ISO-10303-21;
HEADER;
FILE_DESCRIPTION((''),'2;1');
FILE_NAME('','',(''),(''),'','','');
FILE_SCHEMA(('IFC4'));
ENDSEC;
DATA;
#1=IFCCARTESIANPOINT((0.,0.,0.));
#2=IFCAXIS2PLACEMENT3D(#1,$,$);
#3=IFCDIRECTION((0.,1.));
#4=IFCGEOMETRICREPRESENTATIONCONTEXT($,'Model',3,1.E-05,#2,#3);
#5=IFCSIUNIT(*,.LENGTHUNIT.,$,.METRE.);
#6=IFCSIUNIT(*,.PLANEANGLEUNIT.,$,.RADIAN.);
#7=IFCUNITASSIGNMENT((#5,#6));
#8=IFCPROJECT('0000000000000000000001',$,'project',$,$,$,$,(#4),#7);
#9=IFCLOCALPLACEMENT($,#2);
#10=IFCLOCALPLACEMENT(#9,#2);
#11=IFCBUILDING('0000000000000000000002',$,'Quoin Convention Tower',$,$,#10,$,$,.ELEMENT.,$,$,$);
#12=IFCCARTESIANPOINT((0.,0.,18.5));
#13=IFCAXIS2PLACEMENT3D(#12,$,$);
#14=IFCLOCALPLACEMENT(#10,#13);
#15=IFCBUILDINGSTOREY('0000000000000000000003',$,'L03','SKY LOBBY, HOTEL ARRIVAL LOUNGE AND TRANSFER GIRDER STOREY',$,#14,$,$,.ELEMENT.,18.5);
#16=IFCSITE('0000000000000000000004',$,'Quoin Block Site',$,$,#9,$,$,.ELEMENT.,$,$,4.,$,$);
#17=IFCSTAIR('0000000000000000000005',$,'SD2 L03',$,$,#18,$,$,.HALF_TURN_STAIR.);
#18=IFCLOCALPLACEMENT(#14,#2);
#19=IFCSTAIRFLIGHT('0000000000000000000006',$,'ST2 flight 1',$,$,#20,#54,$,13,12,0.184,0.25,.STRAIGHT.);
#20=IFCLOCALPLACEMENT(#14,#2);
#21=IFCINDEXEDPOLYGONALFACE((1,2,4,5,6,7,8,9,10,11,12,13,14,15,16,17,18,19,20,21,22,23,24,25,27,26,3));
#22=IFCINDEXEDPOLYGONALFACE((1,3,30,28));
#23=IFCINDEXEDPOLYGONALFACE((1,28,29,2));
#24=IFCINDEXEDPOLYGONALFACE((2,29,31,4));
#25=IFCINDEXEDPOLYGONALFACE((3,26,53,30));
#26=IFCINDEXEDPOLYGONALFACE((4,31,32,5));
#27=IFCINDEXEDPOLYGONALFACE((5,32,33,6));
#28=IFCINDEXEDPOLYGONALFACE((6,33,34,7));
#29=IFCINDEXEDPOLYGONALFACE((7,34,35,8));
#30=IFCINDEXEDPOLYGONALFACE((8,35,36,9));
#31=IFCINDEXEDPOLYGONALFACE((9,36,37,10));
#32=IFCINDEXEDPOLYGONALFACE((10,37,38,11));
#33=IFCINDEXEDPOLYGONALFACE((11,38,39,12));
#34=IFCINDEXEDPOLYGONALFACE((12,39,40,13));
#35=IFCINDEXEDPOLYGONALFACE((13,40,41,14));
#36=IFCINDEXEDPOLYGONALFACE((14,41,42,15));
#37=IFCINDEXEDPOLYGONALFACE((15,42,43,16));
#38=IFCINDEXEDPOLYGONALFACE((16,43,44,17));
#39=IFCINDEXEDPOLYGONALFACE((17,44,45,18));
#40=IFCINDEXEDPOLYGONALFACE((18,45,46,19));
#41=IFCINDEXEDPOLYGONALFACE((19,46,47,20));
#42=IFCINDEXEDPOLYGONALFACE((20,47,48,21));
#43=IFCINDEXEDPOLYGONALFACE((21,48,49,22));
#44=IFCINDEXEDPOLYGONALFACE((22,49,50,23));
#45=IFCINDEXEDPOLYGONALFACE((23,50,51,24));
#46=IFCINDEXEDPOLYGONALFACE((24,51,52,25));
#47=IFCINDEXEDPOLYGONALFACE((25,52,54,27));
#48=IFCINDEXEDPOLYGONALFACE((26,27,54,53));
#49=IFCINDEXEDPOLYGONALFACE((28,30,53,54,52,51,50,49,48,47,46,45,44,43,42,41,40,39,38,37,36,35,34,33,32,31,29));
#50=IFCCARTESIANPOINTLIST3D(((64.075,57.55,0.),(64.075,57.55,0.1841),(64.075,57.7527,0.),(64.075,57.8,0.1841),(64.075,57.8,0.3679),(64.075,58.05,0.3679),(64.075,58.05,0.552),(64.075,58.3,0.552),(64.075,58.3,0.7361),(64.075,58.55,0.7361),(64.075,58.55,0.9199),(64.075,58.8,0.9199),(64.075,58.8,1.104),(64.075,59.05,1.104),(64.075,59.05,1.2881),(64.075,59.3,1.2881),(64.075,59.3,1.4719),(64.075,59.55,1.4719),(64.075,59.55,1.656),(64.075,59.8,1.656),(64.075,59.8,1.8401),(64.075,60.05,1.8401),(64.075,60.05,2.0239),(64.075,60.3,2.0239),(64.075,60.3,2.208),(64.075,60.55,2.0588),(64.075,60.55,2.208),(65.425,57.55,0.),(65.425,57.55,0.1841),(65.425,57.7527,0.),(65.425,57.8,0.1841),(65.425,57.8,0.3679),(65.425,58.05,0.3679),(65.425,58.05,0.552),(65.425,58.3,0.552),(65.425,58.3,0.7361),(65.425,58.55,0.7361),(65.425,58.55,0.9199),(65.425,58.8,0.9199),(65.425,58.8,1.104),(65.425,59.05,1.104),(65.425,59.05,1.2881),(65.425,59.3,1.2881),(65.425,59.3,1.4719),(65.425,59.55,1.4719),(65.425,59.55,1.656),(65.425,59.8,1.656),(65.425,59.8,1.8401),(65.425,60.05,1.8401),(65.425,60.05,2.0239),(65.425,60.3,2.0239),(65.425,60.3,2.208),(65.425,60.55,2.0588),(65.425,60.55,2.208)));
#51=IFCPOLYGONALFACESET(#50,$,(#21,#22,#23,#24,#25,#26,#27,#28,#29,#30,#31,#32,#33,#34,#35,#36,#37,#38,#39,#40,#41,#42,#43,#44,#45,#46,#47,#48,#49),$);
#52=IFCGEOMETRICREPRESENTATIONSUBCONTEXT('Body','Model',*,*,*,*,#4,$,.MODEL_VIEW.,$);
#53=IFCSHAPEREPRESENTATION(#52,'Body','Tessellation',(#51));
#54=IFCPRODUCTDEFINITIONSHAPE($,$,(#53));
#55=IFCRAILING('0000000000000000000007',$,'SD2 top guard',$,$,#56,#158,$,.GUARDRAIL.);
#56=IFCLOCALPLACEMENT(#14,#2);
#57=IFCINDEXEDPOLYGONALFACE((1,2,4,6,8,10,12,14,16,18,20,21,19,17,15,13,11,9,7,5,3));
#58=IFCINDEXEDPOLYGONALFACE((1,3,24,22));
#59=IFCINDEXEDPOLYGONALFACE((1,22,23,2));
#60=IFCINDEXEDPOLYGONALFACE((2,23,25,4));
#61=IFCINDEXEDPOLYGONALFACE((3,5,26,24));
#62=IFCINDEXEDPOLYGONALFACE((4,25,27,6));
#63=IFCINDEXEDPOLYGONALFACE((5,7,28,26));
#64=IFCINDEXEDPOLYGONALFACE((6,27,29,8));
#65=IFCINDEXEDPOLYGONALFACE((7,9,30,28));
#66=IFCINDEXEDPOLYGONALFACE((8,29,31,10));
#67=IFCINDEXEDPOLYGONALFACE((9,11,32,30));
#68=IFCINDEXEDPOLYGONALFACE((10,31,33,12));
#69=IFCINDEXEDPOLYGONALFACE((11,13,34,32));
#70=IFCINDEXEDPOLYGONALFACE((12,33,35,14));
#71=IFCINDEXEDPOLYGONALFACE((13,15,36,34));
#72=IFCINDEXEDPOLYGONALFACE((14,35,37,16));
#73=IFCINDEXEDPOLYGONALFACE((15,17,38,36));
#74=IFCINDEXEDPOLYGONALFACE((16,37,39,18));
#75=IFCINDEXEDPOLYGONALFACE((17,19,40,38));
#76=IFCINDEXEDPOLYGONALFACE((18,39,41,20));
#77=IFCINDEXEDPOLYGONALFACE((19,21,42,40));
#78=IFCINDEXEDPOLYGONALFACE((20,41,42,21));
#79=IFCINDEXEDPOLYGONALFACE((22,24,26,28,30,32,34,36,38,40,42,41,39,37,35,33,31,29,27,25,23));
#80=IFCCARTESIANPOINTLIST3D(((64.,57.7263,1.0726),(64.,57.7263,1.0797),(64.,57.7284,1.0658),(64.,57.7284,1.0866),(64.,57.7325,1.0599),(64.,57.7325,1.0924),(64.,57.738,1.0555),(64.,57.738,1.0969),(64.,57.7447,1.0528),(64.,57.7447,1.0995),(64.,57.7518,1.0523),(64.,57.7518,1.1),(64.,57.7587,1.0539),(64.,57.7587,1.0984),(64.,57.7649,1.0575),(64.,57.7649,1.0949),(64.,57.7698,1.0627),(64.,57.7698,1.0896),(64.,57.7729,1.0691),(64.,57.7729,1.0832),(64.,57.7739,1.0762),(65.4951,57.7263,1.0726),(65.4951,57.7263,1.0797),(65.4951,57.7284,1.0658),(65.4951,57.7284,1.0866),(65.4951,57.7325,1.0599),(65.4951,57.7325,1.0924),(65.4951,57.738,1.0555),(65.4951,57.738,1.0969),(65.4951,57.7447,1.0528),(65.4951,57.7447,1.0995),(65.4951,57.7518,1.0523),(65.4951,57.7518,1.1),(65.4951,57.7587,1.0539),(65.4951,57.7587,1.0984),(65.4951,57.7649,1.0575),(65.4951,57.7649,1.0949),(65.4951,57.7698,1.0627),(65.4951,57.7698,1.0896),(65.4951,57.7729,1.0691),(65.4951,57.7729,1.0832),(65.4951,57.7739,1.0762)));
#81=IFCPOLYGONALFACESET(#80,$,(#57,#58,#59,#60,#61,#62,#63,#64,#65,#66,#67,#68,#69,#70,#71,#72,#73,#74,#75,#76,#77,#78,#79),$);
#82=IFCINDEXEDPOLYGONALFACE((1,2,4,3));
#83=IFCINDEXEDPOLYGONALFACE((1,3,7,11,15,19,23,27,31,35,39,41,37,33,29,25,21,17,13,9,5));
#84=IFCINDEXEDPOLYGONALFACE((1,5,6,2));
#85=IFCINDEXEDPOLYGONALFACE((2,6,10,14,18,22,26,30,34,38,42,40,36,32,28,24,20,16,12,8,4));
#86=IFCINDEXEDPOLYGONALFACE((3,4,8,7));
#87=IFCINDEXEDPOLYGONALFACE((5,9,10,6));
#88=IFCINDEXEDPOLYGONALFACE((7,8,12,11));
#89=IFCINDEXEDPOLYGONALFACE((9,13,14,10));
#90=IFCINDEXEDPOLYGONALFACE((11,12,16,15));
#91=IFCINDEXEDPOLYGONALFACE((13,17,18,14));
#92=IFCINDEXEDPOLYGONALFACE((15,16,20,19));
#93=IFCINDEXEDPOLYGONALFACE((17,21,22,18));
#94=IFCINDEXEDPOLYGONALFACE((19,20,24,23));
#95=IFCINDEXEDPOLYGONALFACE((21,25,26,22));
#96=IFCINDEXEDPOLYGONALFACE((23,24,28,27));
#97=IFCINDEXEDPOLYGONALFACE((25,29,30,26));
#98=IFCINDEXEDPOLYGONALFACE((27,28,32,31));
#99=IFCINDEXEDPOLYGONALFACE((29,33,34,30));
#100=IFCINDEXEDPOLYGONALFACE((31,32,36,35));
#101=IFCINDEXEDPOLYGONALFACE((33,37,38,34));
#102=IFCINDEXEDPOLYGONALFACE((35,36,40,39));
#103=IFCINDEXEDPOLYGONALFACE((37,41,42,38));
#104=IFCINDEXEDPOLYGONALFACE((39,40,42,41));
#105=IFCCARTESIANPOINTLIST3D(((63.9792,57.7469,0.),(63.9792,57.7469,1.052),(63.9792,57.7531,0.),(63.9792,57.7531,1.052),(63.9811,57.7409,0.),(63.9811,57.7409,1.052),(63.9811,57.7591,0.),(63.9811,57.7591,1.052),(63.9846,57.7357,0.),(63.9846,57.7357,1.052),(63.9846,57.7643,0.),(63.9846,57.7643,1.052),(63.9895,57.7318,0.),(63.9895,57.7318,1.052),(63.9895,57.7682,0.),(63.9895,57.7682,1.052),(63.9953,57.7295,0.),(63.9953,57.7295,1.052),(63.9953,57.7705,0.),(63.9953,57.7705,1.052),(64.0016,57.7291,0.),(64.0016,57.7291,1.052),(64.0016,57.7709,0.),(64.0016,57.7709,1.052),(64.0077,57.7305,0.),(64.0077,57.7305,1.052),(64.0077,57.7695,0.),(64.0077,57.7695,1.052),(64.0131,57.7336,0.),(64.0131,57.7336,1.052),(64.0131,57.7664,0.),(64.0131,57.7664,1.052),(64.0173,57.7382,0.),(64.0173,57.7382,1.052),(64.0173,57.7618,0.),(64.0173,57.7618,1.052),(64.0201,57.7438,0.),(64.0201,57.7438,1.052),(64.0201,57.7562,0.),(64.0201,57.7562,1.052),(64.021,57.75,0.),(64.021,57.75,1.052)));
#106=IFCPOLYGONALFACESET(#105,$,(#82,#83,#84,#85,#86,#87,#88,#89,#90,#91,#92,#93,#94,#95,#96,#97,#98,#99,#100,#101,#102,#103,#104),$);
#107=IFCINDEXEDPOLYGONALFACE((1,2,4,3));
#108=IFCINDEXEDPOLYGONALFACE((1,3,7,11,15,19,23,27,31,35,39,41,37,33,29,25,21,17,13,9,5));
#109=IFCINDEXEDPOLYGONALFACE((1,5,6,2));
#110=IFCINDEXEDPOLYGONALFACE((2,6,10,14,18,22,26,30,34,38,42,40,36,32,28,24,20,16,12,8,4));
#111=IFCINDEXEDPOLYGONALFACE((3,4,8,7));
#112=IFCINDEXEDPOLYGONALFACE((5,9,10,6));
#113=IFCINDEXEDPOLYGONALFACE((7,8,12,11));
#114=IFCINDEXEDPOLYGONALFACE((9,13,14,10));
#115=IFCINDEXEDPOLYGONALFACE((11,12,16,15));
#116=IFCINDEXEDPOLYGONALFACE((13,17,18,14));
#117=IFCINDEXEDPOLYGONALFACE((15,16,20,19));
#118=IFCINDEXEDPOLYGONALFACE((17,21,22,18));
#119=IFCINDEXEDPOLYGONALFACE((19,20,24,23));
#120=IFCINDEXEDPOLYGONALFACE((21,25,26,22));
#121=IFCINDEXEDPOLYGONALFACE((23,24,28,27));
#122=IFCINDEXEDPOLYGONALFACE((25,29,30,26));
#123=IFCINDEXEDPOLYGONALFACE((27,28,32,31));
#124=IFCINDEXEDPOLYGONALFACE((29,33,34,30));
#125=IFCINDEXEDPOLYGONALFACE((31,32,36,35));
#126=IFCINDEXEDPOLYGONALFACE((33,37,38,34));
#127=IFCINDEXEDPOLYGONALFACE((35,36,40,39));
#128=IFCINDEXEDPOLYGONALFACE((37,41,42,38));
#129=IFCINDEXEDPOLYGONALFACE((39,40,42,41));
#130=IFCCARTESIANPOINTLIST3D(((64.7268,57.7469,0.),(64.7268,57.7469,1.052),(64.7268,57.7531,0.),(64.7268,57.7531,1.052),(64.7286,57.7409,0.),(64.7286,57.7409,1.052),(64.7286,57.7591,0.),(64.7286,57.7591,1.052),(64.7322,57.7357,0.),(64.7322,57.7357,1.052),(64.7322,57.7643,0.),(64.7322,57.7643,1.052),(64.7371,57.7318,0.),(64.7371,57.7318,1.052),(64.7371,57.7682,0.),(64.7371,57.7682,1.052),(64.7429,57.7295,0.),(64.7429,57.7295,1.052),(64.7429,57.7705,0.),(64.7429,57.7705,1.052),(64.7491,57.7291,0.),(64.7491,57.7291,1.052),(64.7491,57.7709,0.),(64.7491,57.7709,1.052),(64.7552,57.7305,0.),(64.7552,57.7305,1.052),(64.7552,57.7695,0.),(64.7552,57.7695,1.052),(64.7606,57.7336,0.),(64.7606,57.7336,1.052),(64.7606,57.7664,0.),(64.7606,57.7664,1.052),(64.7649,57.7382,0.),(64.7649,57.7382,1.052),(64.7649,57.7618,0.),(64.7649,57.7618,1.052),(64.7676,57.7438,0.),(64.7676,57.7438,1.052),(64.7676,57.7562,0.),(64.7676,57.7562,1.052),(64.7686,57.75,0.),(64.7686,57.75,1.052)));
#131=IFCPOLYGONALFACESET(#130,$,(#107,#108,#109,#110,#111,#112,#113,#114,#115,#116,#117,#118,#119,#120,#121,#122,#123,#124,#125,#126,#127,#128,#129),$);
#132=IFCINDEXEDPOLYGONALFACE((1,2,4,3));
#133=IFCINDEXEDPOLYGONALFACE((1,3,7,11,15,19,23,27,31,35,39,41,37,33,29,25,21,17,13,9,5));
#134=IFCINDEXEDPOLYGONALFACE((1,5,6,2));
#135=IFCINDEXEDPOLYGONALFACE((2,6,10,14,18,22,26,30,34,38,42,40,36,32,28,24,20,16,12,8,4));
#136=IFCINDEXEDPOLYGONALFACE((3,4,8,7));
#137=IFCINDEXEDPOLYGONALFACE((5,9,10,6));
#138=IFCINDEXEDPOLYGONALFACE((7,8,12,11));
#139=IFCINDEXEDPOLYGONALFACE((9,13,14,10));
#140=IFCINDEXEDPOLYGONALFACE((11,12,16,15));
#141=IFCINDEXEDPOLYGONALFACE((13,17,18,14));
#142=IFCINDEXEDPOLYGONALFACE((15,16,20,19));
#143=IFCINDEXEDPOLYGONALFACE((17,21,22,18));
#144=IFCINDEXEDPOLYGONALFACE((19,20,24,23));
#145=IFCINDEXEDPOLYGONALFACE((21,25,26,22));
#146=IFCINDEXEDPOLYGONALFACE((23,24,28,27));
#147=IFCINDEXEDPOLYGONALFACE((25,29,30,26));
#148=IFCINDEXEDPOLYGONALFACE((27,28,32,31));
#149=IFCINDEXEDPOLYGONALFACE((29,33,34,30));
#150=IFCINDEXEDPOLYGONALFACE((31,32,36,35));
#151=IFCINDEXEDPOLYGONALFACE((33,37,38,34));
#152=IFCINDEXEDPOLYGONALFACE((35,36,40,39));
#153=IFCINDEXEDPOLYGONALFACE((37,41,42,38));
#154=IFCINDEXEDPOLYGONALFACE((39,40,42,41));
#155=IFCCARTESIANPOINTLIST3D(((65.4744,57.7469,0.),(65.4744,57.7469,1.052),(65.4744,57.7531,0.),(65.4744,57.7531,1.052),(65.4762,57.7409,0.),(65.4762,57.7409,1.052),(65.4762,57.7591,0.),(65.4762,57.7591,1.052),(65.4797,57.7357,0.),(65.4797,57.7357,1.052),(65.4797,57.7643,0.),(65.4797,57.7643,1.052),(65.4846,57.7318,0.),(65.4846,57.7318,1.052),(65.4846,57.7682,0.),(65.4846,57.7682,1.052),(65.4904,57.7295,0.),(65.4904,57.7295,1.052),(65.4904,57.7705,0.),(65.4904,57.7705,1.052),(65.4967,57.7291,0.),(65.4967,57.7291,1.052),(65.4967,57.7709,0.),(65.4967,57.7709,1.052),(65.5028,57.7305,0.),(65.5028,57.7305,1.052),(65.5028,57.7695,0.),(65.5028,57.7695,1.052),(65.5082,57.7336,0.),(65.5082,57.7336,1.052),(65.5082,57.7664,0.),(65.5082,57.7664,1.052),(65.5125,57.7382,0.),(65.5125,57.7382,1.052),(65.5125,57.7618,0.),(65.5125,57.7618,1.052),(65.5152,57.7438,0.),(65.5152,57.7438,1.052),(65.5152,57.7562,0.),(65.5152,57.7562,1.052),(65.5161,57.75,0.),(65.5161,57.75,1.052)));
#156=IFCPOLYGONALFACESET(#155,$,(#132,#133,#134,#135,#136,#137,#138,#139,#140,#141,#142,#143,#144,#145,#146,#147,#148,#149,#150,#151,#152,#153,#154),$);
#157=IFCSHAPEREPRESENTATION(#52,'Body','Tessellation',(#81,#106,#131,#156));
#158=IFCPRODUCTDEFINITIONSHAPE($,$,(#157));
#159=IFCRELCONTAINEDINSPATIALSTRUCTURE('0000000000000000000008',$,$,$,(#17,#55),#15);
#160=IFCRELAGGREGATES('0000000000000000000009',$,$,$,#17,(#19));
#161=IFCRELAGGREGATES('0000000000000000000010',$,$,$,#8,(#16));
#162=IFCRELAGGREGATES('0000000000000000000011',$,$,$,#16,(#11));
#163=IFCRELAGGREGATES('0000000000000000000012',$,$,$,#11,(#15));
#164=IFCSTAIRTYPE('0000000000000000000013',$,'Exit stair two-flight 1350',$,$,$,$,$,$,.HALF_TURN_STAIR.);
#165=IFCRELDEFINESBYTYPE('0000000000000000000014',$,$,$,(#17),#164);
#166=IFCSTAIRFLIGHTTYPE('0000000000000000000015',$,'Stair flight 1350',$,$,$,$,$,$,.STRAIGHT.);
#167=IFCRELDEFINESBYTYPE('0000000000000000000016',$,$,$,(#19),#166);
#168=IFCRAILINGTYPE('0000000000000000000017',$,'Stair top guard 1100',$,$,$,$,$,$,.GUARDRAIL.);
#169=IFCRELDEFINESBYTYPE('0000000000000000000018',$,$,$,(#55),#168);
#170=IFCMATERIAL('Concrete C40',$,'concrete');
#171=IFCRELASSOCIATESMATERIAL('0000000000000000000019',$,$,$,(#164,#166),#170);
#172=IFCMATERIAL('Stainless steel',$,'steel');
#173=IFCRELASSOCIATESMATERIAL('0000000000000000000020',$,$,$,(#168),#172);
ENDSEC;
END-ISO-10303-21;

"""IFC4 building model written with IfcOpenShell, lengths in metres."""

from ifc_helpers import new_model, si_unit, direction, frame, origin, origin_2d, place, context, subcontext, project, spatial, polyline, circle, outline, extrude, material, type_object, element, aggregate, save


model = new_model("IFC4")

# Units and contexts
model_context = context("Model", 3, precision=1e-05, world=origin(), true_north=direction((0.0, 1.0)))
body_context = subcontext(model_context, "Body", "Model", "MODEL_VIEW")
ifc_project = project(units=[si_unit("LENGTHUNIT", "METRE"), si_unit("PLANEANGLEUNIT", "RADIAN")], contexts=[model_context])

# Site, building, storey
site_placement = place(None, origin())
site = spatial("IfcSite", under=ifc_project, at=site_placement, Name="Quoin Block Site", CompositionType="ELEMENT", RefElevation=4.0)
building_placement = place(site_placement, origin())
building = spatial("IfcBuilding", under=site, at=building_placement, Name="Quoin Convention Tower", CompositionType="ELEMENT")
storey_placement = place(building_placement, frame((0.0, 0.0, 18.5)))
storey = spatial("IfcBuildingStorey", under=building, at=storey_placement, Name="L03", Description="SKY LOBBY, HOTEL ARRIVAL LOUNGE AND TRANSFER GIRDER STOREY", CompositionType="ELEMENT", Elevation=18.5)

# Stair, stair flight
ifc_material_1 = material(Name="Concrete C40", Category="concrete")
stair_type = type_object("IfcStairType", Name="Exit stair two-flight 1350", PredefinedType="HALF_TURN_STAIR", material=ifc_material_1)
stair_placement = place(storey_placement, origin())
stair = element("IfcStair", 1, at=stair_placement, inside=storey, type_object=stair_type, Name="SD2 L03", PredefinedType="HALF_TURN_STAIR")
stair_flight_type = type_object("IfcStairFlightType", Name="Stair flight 1350", PredefinedType="STRAIGHT", material=ifc_material_1)
stair_flight_placement = place(storey_placement, frame((64.75, 57.55, 0.0), z_axis=(0.0, 0.0, 1.0), x_axis=(0.0, 1.0, 0.0)))
stair_flight = element("IfcStairFlight", 2, at=stair_flight_placement, type_object=stair_flight_type, Name="ST2 flight 1", NumberOfRisers=13, NumberOfTreads=12, PredefinedType="STRAIGHT", RiserHeight=0.184, TreadLength=0.25, context=body_context, shape_type="SweptSolid", body=[
    extrude(outline(polyline([(0.0, 0.0), (0.0, 0.1841), (0.25, 0.1841), (0.25, 0.3679), (0.5, 0.3679), (0.5, 0.552), (0.75, 0.552), (0.75, 0.7361), (1.0, 0.7361), (1.0, 0.9199), (1.25, 0.9199), (1.25, 1.104), (1.5, 1.104), (1.5, 1.2881), (1.75, 1.2881), (1.75, 1.4719), (2.0, 1.4719), (2.0, 1.656), (2.25, 1.656), (2.25, 1.8401), (2.5, 1.8401), (2.5, 2.0239), (2.75, 2.0239), (2.75, 2.208), (3.0, 2.208), (3.0, 2.3921), (3.0, 2.0588), (0.2026, 0.0), (0.0, 0.0)])), frame((0.0, 0.675, 0.0), z_axis=(0.0, -1.0, 0.0), x_axis=(1.0, 0.0, 0.0)), (0.0, 0.0, 1.0), 1.3501),
])
aggregate(stair, [stair_flight])

# Railing
ifc_material_2 = material(Name="Stainless steel", Category="steel")
railing_type_1 = type_object("IfcRailingType", Name="Stair top guard 1100", PredefinedType="GUARDRAIL", material=ifc_material_2)
railing_1_placement = place(storey_placement, frame((64.0, 57.75, 0.0)))
element("IfcRailing", 3, at=railing_1_placement, inside=storey, type_object=railing_type_1, Name="SD2 top guard", PredefinedType="GUARDRAIL", context=body_context, shape_type="SweptSolid", body=[
    extrude(circle(Radius=0.0239, at=origin_2d()), frame((0.0, 0.0, 1.0762), z_axis=(1.0, 0.0, 0.0), x_axis=(0.0, 1.0, 0.0)), (0.0, 0.0, 1.0), 1.4951),
    extrude(circle(Radius=0.021, at=origin_2d()), origin(), (0.0, 0.0, 1.0), 1.052),
    extrude(circle(Radius=0.021, at=origin_2d()), frame((0.7476, 0.0, 0.0)), (0.0, 0.0, 1.0), 1.052),
    extrude(circle(Radius=0.021, at=origin_2d()), frame((1.4951, 0.0, 0.0)), (0.0, 0.0, 1.0), 1.052),
])

save(model, "model.ifc")
